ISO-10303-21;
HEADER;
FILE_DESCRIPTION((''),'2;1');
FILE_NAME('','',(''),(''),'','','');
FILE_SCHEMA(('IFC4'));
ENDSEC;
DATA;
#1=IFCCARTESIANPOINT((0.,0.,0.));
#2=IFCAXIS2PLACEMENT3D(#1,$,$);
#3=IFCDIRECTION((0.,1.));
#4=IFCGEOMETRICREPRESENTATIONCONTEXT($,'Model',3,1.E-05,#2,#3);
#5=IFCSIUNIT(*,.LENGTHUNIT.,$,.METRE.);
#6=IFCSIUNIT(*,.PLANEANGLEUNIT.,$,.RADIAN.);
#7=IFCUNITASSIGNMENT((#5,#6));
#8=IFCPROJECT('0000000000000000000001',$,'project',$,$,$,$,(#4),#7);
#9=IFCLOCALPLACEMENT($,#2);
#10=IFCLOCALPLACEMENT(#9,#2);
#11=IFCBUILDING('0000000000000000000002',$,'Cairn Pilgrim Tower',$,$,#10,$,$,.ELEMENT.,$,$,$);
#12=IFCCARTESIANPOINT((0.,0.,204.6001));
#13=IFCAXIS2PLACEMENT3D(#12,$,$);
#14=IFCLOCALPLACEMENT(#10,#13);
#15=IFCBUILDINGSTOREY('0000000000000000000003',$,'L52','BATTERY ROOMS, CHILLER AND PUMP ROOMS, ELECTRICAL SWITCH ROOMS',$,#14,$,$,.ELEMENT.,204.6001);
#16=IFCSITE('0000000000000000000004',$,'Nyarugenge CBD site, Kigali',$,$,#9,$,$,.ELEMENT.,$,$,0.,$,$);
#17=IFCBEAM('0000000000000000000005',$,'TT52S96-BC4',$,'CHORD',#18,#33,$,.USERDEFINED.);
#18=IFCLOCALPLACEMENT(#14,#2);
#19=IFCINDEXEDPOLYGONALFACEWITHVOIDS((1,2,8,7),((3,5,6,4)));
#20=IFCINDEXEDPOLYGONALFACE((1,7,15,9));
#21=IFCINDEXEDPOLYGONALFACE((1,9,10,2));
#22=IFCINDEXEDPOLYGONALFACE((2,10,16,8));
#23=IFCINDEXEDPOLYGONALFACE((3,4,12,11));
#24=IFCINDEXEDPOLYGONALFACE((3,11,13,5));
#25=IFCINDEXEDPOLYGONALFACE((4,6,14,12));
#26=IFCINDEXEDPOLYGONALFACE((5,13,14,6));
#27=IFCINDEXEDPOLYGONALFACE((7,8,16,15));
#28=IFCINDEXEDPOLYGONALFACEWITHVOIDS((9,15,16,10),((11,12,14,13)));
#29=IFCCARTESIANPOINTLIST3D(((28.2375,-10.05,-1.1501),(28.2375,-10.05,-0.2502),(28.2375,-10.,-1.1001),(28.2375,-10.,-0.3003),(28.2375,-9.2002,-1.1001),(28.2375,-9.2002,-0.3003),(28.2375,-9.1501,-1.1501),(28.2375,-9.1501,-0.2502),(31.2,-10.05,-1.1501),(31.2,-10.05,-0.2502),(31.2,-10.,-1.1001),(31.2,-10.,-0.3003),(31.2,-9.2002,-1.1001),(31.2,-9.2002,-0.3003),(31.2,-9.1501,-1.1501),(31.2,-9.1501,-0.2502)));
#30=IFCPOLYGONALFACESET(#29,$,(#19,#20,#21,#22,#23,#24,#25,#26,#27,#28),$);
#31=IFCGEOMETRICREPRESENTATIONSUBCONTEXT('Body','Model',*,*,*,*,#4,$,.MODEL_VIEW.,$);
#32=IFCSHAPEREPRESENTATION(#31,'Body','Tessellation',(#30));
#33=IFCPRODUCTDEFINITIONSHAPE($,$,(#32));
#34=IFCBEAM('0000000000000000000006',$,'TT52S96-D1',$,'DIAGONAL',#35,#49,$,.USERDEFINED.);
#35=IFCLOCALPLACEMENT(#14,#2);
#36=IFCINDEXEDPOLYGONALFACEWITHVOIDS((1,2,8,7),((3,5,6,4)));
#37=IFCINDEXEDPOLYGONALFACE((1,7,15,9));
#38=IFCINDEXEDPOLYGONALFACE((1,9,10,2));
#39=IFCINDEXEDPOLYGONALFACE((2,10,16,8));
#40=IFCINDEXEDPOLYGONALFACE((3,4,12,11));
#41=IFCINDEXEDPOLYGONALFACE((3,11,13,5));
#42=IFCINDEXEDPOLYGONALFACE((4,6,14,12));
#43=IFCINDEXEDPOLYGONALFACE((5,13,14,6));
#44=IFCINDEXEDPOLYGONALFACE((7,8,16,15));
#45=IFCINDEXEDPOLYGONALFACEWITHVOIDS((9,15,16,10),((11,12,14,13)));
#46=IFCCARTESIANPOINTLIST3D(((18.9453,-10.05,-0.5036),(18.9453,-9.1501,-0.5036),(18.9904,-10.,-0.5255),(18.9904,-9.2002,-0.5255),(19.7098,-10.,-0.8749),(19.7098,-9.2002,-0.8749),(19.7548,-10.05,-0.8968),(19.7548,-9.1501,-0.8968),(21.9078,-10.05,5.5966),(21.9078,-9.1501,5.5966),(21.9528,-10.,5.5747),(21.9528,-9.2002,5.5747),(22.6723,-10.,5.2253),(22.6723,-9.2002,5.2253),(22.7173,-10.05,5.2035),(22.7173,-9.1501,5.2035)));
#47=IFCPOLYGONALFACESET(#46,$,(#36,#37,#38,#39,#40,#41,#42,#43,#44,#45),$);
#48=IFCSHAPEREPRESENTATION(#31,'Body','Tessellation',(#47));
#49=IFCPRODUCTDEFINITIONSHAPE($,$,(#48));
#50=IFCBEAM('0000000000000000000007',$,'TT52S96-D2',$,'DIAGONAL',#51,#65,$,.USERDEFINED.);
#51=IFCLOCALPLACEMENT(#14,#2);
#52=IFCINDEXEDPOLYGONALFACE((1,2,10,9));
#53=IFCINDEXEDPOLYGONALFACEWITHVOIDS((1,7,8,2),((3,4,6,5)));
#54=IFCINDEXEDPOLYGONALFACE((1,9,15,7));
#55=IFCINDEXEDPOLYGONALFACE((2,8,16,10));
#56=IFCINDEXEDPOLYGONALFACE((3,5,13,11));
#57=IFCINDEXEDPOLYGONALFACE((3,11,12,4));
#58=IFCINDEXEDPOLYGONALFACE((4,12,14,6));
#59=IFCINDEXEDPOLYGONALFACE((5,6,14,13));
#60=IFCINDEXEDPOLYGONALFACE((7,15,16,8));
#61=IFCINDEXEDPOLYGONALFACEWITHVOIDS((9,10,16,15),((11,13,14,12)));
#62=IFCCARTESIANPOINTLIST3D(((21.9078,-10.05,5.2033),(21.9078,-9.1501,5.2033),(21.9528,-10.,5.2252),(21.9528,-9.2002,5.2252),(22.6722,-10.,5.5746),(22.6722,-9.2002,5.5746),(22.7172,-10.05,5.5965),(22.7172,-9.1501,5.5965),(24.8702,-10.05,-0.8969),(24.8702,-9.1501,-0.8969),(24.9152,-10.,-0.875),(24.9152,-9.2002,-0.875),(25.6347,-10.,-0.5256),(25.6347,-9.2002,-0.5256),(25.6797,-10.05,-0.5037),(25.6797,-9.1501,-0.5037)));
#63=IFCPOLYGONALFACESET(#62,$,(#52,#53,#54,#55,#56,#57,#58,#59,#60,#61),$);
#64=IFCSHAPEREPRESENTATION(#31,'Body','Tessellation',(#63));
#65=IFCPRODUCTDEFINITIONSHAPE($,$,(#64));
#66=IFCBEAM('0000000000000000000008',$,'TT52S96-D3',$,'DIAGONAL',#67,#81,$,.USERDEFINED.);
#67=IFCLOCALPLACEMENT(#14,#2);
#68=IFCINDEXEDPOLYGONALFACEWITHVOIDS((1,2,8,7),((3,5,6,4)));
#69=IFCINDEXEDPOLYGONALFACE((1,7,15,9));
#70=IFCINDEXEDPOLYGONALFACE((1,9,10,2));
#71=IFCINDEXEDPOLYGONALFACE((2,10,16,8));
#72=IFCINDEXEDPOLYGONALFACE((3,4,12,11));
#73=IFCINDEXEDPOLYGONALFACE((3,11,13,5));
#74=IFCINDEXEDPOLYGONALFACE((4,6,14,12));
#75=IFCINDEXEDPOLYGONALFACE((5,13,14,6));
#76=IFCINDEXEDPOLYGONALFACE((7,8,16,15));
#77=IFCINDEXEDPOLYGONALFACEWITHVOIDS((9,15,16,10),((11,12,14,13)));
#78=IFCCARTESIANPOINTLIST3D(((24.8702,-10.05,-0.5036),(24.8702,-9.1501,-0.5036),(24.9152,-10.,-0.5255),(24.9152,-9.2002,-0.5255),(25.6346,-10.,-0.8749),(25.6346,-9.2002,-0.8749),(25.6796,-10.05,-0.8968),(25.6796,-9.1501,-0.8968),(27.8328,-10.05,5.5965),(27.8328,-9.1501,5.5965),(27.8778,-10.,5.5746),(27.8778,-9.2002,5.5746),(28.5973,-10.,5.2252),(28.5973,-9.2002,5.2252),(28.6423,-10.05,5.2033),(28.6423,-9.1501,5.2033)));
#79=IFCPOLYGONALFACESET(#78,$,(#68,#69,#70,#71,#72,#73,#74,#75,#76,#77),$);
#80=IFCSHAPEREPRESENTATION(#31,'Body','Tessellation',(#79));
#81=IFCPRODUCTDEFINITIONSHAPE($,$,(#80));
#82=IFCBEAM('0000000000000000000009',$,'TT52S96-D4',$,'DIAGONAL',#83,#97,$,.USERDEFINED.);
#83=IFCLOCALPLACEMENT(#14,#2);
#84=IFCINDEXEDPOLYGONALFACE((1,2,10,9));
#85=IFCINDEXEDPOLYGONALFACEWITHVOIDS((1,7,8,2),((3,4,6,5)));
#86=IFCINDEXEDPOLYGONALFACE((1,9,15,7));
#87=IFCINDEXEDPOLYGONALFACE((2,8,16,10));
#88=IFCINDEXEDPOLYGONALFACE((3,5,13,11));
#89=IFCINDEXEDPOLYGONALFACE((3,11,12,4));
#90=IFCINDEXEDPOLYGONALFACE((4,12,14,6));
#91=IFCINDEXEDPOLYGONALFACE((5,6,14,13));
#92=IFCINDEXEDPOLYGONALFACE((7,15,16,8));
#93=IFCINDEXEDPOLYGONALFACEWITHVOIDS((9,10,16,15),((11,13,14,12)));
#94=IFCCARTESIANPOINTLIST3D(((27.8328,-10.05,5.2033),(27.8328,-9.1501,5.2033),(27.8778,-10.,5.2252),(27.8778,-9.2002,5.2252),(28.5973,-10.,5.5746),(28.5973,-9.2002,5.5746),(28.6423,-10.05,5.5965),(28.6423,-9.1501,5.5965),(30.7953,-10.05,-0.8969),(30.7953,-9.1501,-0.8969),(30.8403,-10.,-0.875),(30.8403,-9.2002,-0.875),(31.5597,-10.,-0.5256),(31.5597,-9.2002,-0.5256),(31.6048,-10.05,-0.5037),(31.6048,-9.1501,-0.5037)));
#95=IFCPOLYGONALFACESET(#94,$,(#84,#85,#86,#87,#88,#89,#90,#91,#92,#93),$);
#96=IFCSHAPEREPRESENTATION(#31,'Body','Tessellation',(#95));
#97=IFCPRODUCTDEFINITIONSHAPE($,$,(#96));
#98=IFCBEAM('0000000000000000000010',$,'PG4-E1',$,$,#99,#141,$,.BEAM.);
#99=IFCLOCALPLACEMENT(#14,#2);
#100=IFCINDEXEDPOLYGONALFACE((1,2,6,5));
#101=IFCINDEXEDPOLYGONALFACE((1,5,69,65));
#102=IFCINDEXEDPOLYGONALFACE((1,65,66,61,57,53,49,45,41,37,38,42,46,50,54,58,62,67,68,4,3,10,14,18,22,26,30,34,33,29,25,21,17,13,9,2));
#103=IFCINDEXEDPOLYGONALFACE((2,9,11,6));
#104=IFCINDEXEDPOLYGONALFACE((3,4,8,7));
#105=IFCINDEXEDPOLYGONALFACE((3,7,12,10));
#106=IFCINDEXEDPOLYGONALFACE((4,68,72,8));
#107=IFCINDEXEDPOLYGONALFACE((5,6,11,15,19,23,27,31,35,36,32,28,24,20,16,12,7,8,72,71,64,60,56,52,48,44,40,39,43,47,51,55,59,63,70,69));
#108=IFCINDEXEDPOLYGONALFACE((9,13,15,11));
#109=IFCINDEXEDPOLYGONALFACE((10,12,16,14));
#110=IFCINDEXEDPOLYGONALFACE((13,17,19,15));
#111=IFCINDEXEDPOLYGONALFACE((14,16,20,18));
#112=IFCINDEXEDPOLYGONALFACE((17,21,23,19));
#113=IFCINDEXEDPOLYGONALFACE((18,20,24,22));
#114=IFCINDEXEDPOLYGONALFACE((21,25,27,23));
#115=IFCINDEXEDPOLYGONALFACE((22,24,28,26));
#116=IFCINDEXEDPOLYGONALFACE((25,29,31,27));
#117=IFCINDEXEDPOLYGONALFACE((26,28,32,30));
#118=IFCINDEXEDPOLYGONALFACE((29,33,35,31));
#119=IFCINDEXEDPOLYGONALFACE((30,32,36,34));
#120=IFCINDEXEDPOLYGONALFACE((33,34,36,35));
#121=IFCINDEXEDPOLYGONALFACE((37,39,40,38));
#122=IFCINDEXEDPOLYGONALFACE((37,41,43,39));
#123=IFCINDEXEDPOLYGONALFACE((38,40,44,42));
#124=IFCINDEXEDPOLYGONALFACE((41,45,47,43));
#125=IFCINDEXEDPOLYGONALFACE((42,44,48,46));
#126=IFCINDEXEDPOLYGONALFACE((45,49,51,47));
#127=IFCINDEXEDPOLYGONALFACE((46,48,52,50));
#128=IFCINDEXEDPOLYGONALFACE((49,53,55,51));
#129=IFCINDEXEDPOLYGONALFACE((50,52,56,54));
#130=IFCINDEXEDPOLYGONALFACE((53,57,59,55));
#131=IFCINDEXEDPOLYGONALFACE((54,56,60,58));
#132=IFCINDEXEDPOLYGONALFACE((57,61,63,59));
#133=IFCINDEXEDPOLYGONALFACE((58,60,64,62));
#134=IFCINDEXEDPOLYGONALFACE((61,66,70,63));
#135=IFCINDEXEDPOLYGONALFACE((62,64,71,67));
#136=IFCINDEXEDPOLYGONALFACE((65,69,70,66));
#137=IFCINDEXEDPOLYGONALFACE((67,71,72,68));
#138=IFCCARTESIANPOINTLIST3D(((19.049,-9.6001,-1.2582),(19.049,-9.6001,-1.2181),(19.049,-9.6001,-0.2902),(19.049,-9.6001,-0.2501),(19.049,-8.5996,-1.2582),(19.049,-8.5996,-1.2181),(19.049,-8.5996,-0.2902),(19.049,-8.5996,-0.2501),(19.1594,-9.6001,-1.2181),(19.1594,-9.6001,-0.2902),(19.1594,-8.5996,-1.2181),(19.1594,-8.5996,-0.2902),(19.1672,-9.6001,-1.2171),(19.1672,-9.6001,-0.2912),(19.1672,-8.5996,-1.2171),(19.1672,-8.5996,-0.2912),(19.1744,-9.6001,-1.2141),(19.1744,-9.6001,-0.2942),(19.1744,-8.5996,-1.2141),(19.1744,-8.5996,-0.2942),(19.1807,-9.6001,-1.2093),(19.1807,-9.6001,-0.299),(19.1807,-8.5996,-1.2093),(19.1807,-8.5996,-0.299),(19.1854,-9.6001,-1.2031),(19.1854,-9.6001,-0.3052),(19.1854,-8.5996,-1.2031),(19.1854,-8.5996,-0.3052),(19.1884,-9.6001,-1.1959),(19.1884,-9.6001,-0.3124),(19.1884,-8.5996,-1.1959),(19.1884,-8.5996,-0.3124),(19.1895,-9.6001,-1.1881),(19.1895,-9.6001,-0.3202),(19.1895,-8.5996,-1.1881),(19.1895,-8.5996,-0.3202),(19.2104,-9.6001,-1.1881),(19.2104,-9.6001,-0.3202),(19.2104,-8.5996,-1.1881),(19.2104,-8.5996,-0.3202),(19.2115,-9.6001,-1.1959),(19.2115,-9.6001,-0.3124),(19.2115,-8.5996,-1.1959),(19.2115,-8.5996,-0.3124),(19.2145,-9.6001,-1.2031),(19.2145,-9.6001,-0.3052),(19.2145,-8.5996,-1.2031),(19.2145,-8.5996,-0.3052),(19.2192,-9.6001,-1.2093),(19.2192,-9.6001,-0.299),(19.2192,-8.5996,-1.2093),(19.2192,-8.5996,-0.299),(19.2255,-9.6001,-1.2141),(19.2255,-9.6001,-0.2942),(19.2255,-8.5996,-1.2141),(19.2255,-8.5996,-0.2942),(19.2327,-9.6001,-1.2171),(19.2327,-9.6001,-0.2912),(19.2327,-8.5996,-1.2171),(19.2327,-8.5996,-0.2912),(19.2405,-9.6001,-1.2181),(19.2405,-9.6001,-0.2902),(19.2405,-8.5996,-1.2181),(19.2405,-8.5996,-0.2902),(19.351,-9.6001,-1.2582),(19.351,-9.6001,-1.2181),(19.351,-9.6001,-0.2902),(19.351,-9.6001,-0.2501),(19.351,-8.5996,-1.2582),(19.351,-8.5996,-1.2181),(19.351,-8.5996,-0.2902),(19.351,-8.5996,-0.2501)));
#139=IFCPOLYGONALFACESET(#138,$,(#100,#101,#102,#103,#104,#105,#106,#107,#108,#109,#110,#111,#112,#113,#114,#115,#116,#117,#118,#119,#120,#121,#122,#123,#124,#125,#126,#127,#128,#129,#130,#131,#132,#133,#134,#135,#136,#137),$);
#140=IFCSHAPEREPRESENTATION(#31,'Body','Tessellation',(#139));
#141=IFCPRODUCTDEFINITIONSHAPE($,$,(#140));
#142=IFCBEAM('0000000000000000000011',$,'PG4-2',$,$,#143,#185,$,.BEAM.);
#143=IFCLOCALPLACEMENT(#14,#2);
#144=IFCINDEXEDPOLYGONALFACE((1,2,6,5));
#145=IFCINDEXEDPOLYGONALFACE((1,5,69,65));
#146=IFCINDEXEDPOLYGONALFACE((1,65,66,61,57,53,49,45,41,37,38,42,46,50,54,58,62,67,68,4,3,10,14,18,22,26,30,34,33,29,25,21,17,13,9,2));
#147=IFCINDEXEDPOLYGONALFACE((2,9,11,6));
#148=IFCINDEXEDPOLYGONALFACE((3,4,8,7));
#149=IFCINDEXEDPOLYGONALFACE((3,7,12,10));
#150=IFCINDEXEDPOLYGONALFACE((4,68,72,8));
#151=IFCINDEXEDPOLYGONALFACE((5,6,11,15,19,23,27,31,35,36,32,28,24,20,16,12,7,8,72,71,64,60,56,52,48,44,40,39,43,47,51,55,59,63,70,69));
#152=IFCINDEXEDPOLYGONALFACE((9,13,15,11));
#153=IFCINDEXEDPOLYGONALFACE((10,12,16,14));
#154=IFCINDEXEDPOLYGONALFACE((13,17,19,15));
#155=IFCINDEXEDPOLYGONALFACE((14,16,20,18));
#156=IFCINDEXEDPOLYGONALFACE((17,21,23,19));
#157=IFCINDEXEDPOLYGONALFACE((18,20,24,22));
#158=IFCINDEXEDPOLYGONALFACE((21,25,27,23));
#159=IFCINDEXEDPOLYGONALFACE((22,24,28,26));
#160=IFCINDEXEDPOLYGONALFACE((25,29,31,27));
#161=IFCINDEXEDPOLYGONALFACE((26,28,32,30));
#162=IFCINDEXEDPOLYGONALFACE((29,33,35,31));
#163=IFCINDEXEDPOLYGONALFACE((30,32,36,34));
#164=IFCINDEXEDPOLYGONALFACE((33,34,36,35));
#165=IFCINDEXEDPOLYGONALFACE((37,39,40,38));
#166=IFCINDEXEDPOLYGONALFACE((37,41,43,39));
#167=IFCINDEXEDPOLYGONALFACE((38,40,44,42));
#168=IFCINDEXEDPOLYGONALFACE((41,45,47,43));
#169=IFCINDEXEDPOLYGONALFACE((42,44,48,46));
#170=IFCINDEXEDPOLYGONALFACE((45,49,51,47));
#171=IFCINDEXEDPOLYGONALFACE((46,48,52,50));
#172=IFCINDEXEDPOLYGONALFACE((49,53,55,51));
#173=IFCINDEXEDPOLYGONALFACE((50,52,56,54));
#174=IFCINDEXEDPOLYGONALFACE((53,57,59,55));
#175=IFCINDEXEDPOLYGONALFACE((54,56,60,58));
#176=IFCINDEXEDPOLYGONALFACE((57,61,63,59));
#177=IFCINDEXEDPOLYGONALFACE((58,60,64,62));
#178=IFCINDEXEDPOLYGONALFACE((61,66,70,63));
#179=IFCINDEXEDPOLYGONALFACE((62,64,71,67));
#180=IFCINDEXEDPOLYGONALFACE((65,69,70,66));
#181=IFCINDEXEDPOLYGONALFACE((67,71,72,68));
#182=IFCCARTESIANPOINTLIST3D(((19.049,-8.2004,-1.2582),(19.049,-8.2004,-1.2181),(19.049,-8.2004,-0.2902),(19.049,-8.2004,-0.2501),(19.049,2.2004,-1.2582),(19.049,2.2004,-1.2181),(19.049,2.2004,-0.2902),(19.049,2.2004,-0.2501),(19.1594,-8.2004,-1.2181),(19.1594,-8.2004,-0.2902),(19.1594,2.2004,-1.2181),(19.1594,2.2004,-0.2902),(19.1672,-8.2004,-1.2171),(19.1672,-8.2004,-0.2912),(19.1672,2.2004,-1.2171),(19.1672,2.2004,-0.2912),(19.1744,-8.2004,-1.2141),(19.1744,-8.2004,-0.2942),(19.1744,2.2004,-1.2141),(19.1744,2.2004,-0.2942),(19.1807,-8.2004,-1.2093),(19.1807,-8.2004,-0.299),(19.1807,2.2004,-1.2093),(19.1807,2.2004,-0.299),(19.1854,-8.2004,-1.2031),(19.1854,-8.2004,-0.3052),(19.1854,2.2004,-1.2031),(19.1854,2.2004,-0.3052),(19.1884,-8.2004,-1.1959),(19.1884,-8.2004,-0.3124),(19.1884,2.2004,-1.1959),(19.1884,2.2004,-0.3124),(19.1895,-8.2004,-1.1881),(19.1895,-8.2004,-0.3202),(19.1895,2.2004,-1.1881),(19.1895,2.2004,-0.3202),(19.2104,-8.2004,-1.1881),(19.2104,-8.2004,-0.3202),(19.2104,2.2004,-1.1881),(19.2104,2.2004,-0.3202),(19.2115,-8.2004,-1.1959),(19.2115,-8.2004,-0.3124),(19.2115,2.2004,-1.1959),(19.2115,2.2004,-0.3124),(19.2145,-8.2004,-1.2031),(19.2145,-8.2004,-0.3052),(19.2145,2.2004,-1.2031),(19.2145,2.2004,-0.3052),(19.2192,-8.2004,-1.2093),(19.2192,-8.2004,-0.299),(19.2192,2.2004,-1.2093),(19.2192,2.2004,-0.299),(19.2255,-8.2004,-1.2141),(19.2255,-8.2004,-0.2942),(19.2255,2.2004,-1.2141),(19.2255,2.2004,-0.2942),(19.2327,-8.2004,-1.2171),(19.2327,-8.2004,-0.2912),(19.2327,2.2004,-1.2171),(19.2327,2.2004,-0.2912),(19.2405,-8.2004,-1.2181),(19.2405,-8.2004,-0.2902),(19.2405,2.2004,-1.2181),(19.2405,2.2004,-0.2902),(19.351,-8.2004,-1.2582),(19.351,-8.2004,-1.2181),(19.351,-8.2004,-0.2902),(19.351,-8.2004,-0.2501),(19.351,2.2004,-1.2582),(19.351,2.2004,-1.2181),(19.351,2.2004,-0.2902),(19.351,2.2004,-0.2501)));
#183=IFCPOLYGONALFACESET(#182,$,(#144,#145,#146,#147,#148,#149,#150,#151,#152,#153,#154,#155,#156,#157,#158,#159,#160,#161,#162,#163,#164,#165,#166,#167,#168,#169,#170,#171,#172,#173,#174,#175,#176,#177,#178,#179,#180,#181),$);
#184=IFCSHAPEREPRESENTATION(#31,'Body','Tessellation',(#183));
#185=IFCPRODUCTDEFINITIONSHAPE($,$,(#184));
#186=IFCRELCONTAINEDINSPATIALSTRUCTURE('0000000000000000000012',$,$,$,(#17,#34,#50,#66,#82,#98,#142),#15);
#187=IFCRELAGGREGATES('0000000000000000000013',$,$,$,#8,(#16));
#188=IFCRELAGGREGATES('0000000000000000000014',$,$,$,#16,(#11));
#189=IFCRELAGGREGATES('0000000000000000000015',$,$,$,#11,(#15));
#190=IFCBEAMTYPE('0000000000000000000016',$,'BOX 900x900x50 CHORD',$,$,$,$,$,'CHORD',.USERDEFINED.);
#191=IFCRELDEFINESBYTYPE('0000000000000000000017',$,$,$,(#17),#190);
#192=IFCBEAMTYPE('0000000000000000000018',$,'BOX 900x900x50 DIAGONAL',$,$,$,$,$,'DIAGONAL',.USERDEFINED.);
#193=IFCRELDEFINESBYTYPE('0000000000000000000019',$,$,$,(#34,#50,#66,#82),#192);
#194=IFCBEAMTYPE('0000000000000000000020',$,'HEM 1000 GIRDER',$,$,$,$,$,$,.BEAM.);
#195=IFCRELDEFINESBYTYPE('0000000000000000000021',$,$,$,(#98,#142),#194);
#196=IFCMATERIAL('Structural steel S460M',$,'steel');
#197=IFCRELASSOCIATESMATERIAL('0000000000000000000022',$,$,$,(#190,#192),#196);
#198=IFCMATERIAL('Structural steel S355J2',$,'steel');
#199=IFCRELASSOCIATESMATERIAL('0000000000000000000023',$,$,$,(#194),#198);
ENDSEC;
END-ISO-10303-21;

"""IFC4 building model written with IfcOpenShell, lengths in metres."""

from ifc_helpers import new_model, si_unit, direction, frame, origin, origin_2d, place, context, subcontext, project, spatial, hollow_rectangle, i_section, extrude, material, material_profile, profile_set, type_object, element, save


model = new_model("IFC4")

# Units and contexts
model_context = context("Model", 3, precision=1e-05, world=origin(), true_north=direction((0.0, 1.0)))
body_context = subcontext(model_context, "Body", "Model", "MODEL_VIEW")
ifc_project = project(units=[si_unit("LENGTHUNIT", "METRE"), si_unit("PLANEANGLEUNIT", "RADIAN")], contexts=[model_context])

# Site, building, storey
site_placement = place(None, origin())
site = spatial("IfcSite", under=ifc_project, at=site_placement, Name="Nyarugenge CBD site, Kigali", CompositionType="ELEMENT", RefElevation=0.0)
building_placement = place(site_placement, origin())
building = spatial("IfcBuilding", under=site, at=building_placement, Name="Cairn Pilgrim Tower", CompositionType="ELEMENT")
storey_placement = place(building_placement, frame((0.0, 0.0, 204.6001)))
storey = spatial("IfcBuildingStorey", under=building, at=storey_placement, Name="L52", Description="BATTERY ROOMS, CHILLER AND PUMP ROOMS, ELECTRICAL SWITCH ROOMS", CompositionType="ELEMENT", Elevation=204.6001)

# Shared definitions
ifc_material_1 = material(Name="Structural steel S460M", Category="steel")
ifc_material_2 = material(Name="Structural steel S355J2", Category="steel")

# Beams
ifc_material_profile_1 = material_profile(ifc_material_1, hollow_rectangle(XDim=0.8999, YDim=0.8999, WallThickness=0.05, at=origin_2d()), Name="BOX 900x900x50")
ifc_profile_set_1 = profile_set([ifc_material_profile_1], Name="Structural steel S460M")
beam_type_1 = type_object("IfcBeamType", Name="BOX 900x900x50 CHORD", ElementType="CHORD", PredefinedType="USERDEFINED", material=ifc_profile_set_1)
beam_1_placement = place(storey_placement, frame((28.2375, -9.6001, -0.7002), z_axis=(1.0, 0.0, 0.0), x_axis=(0.0, 1.0, 0.0)))
element("IfcBeam", 1, at=beam_1_placement, inside=storey, type_object=beam_type_1, Name="TT52S96-BC4", ObjectType="CHORD", PredefinedType="USERDEFINED", context=body_context, shape_type="SweptSolid", body=[
    extrude(hollow_rectangle(XDim=0.8999, YDim=0.8999, WallThickness=0.05, at=origin_2d()), origin(), (0.0, 0.0, 1.0), 2.9624),
])
ifc_material_profile_2 = material_profile(ifc_material_1, hollow_rectangle(XDim=0.8999, YDim=0.8999, WallThickness=0.05, at=origin_2d()), Name="BOX 900x900x50")
ifc_profile_set_2 = profile_set([ifc_material_profile_2], Name="Structural steel S460M")
beam_type_2 = type_object("IfcBeamType", Name="BOX 900x900x50 DIAGONAL", ElementType="DIAGONAL", PredefinedType="USERDEFINED", material=ifc_profile_set_2)
for number, where, z_axis, x_axis, name in (
    (2, (19.3501, -9.6001, -0.7002), (0.436844, 0.0, 0.899537), (0.0, 1.0, 0.0), "TT52S96-D1"),
    (3, (22.3125, -9.6001, 5.3999), (0.436844, 0.0, -0.899537), (0.0, 1.0, 0.0), "TT52S96-D2"),
    (4, (25.2749, -9.6001, -0.7002), (0.436873, 0.0, 0.899523), (0.0, 1.0, 0.0), "TT52S96-D3"),
    (5, (28.2375, -9.6001, 5.3999), (0.436844, 0.0, -0.899537), (0.0, 1.0, 0.0), "TT52S96-D4"),
):
    element("IfcBeam", number, at=place(storey_placement, frame(where, z_axis=z_axis, x_axis=x_axis)), inside=storey, type_object=beam_type_2, Name=name, ObjectType="DIAGONAL", PredefinedType="USERDEFINED", context=body_context, shape_type="SweptSolid", body=[
        extrude(hollow_rectangle(XDim=0.8999, YDim=0.8999, WallThickness=0.05, at=origin_2d()), origin(), (0.0, 0.0, 1.0), 6.7815),
    ])
ifc_material_profile_3 = material_profile(ifc_material_2, i_section(OverallWidth=0.302, OverallDepth=1.0081, WebThickness=0.021, FlangeThickness=0.04, FilletRadius=0.03, at=origin_2d()), Name="HEM 1000")
ifc_profile_set_3 = profile_set([ifc_material_profile_3], Name="Structural steel S355J2")
beam_type_3 = type_object("IfcBeamType", Name="HEM 1000 GIRDER", PredefinedType="BEAM", material=ifc_profile_set_3)
beam_2_placement = place(storey_placement, frame((19.2, -9.6001, -0.7542), z_axis=(0.0, 1.0, 0.0), x_axis=(-1.0, 0.0, 0.0)))
element("IfcBeam", 6, at=beam_2_placement, inside=storey, type_object=beam_type_3, Name="PG4-E1", PredefinedType="BEAM", context=body_context, shape_type="SweptSolid", body=[
    extrude(i_section(OverallWidth=0.302, OverallDepth=1.0081, WebThickness=0.021, FlangeThickness=0.04, FilletRadius=0.03, at=origin_2d()), origin(), (0.0, 0.0, 1.0), 1.0005),
])
beam_3_placement = place(storey_placement, frame((19.2, -8.2004, -0.7542), z_axis=(0.0, 1.0, 0.0), x_axis=(-1.0, 0.0, 0.0)))
element("IfcBeam", 7, at=beam_3_placement, inside=storey, type_object=beam_type_3, Name="PG4-2", PredefinedType="BEAM", context=body_context, shape_type="SweptSolid", body=[
    extrude(i_section(OverallWidth=0.302, OverallDepth=1.0081, WebThickness=0.021, FlangeThickness=0.04, FilletRadius=0.03, at=origin_2d()), origin(), (0.0, 0.0, 1.0), 10.4009),
])

save(model, "model.ifc")
